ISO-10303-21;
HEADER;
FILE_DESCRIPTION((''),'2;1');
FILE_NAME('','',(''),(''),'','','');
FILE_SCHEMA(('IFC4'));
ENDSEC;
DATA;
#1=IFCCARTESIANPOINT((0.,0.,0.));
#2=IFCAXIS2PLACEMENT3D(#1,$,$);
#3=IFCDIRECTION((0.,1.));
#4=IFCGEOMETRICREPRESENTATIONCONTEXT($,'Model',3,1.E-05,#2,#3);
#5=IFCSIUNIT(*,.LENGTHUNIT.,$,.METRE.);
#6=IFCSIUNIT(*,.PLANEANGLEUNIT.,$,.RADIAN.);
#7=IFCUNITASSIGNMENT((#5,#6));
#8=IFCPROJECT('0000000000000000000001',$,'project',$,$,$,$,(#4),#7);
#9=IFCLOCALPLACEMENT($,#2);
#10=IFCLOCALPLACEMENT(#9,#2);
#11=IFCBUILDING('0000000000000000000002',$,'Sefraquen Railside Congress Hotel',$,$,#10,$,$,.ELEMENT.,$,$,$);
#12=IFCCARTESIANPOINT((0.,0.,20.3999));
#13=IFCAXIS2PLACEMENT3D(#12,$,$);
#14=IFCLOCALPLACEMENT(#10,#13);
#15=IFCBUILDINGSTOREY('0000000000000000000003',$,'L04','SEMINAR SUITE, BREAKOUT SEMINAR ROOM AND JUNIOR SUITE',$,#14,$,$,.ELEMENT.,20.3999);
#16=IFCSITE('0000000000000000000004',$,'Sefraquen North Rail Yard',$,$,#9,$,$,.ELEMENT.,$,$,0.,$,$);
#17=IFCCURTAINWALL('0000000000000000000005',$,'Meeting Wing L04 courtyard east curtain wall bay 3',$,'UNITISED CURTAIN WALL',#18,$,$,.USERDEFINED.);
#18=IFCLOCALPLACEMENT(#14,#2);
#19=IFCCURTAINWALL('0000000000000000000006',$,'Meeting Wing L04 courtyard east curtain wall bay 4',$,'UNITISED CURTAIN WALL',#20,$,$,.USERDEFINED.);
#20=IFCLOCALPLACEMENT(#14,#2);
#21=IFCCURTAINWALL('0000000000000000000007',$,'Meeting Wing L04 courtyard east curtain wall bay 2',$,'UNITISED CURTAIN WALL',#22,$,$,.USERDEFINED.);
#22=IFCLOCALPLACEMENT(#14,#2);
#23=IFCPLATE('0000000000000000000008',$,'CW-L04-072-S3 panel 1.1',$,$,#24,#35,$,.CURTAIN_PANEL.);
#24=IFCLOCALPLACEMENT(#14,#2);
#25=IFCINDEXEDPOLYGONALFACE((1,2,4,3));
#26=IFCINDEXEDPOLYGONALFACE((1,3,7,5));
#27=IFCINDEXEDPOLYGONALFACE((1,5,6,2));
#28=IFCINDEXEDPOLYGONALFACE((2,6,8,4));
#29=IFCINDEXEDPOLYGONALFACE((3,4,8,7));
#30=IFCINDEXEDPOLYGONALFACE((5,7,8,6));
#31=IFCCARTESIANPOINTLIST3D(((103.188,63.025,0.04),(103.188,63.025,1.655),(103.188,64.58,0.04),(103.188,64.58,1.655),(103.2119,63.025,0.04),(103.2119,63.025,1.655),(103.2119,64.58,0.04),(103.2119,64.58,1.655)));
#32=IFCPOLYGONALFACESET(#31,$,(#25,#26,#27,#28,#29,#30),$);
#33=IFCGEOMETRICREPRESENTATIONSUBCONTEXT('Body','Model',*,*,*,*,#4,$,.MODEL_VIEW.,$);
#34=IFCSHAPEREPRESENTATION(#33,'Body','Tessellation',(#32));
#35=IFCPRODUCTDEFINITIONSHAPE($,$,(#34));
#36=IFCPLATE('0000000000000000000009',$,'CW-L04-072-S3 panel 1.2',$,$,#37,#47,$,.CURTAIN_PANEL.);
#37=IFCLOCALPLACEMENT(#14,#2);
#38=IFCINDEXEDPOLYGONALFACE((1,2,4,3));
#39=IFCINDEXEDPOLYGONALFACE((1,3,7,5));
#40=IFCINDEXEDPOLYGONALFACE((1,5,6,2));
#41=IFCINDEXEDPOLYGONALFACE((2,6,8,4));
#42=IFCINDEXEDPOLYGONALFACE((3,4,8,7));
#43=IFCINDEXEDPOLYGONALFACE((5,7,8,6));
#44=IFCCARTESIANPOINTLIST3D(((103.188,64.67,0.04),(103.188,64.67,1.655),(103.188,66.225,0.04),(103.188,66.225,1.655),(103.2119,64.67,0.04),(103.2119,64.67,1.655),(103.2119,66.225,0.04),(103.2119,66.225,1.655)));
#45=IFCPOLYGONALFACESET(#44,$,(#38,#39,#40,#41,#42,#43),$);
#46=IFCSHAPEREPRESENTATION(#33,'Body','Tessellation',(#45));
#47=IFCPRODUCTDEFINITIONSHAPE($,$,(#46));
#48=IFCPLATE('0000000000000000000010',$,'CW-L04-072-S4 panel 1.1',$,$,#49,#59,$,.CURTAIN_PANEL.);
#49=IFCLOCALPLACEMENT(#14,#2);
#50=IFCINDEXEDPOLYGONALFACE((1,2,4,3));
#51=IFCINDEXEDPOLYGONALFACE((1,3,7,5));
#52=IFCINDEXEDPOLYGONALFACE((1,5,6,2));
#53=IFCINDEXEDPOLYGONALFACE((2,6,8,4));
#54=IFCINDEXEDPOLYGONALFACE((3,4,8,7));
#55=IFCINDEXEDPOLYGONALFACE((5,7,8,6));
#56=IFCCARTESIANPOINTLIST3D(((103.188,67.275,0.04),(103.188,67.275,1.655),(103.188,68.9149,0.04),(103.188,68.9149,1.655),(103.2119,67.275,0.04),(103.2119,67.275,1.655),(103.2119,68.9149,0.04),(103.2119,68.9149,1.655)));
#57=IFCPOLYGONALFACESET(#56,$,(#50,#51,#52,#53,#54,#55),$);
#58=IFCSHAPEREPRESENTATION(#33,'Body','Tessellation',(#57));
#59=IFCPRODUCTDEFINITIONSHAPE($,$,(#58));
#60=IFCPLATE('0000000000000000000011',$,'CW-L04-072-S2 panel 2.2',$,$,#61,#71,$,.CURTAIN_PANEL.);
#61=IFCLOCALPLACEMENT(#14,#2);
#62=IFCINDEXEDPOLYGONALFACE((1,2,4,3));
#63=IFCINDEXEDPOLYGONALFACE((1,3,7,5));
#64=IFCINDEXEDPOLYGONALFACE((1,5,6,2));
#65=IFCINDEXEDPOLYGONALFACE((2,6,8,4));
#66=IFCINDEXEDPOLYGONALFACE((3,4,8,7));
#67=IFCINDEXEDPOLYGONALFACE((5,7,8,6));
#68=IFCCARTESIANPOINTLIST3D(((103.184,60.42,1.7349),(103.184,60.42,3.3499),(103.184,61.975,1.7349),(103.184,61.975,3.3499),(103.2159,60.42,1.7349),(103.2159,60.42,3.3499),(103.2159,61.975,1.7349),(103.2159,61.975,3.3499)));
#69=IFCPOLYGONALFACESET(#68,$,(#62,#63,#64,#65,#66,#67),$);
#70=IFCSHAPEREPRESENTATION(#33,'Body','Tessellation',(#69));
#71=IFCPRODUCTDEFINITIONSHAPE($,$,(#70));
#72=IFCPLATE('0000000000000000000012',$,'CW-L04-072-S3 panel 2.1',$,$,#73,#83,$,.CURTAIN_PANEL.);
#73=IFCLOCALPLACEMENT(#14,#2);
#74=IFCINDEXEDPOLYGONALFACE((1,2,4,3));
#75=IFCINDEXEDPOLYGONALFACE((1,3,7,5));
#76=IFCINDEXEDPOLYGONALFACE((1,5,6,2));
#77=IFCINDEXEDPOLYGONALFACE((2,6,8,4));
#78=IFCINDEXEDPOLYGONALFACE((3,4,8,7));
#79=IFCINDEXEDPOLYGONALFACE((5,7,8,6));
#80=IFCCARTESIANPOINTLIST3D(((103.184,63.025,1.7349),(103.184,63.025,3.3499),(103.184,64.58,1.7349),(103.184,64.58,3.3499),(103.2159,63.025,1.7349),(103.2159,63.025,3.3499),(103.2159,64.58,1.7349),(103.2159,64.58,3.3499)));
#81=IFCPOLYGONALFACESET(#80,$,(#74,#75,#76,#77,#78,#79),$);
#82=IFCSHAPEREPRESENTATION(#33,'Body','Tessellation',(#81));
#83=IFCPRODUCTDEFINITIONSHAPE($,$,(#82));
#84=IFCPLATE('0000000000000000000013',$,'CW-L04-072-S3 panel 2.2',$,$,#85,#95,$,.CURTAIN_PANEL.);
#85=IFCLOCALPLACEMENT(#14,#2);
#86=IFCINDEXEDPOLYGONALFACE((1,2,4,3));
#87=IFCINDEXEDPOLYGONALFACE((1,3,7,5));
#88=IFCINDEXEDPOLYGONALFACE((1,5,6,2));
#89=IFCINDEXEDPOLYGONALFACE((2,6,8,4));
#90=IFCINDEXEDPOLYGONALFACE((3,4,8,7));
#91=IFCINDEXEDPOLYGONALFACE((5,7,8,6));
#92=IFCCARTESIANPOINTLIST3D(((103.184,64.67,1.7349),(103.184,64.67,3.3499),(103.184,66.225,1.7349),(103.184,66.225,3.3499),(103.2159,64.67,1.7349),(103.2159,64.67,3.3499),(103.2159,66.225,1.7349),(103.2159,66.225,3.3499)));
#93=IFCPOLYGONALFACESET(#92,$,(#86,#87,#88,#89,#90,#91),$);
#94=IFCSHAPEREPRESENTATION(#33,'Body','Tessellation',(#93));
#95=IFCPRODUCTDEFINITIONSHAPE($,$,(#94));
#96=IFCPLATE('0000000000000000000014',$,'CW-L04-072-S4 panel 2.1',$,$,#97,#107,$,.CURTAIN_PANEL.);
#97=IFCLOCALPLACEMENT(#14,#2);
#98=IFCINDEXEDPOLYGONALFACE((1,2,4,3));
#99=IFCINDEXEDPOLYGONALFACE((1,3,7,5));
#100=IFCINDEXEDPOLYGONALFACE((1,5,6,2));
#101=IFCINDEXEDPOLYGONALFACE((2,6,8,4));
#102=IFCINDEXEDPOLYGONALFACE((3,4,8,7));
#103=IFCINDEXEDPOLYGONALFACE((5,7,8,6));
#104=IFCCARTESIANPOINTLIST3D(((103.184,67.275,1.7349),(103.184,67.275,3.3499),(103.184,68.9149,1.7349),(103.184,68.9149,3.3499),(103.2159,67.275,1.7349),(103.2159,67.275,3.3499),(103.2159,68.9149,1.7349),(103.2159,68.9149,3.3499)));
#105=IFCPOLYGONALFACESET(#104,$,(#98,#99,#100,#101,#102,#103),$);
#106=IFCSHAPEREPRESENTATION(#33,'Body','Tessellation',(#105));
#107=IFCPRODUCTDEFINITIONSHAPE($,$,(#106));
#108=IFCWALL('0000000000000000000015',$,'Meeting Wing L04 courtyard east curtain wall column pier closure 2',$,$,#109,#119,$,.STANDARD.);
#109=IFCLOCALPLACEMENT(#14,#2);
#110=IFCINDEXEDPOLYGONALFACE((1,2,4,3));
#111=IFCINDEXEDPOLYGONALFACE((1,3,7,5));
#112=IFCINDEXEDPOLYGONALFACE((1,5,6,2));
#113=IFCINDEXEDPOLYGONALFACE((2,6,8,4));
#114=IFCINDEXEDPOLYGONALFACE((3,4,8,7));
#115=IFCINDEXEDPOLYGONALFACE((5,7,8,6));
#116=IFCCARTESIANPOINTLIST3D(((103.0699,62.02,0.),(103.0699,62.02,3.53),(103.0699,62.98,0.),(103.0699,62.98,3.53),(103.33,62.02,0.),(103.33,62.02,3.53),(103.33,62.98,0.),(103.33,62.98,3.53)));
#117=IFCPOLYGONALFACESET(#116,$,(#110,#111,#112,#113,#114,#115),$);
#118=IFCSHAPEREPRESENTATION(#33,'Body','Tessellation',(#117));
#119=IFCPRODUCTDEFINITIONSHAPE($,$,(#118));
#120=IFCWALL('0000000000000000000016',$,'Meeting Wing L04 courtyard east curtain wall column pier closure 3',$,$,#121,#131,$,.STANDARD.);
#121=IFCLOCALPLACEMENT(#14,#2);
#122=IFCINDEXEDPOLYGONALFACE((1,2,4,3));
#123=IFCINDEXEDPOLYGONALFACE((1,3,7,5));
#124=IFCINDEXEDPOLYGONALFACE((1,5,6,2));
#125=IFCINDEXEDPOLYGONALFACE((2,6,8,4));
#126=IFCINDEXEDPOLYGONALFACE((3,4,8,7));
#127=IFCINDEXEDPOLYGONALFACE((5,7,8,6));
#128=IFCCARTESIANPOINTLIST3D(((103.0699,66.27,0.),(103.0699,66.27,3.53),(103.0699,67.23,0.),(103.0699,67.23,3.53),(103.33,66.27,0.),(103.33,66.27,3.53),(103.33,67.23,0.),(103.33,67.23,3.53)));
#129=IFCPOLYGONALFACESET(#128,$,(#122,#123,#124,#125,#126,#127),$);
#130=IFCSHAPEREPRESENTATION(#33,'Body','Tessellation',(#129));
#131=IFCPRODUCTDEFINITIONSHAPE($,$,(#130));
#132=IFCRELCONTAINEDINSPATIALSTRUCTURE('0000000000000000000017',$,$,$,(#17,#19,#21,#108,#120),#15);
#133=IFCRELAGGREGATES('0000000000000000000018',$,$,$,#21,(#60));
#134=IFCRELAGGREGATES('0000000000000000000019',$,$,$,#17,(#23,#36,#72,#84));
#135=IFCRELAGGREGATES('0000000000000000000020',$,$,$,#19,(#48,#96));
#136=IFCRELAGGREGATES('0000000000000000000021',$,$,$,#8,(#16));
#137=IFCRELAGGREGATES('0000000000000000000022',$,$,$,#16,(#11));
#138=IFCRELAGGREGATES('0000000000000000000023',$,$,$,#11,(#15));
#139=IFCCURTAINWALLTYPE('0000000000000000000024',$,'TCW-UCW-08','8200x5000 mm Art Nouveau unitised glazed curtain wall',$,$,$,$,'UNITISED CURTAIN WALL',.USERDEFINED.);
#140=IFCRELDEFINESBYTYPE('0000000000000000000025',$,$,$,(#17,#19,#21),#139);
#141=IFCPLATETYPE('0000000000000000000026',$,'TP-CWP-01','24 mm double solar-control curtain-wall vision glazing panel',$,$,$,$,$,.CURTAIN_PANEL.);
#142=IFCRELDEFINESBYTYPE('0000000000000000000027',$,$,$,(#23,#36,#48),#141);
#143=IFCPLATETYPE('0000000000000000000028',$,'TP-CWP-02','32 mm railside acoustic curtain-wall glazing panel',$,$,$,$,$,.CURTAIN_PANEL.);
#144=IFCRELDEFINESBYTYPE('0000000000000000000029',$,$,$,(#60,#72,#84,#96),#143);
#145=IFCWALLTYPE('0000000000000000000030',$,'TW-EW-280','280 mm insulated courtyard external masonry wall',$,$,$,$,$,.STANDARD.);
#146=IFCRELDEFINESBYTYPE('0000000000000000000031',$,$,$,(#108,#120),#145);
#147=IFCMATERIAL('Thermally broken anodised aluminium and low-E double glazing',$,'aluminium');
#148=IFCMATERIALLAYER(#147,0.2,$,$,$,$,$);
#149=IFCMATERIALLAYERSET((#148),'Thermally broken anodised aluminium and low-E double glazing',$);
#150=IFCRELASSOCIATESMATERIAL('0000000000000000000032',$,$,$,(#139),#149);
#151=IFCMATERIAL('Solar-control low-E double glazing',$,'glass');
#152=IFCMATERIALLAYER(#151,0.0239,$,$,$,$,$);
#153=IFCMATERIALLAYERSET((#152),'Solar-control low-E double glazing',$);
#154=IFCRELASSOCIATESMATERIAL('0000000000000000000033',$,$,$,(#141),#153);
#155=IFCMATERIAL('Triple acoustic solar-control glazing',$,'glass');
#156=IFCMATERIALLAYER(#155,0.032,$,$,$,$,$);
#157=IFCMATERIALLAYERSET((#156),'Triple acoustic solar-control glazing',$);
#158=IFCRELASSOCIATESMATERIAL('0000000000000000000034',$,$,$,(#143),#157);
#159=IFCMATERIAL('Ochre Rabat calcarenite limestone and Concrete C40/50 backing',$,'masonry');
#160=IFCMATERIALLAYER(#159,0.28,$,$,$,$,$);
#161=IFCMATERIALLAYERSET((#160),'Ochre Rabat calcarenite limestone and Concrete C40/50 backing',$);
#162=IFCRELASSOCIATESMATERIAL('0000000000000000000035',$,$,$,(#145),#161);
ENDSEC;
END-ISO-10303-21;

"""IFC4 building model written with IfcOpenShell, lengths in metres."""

from ifc_helpers import new_model, si_unit, direction, frame, frame_2d, origin, origin_2d, place, context, subcontext, project, spatial, rectangle, extrude, material, layer, layer_set, type_object, element, aggregate, save


model = new_model("IFC4")

# Units and contexts
model_context = context("Model", 3, precision=1e-05, world=origin(), true_north=direction((0.0, 1.0)))
body_context = subcontext(model_context, "Body", "Model", "MODEL_VIEW")
ifc_project = project(units=[si_unit("LENGTHUNIT", "METRE"), si_unit("PLANEANGLEUNIT", "RADIAN")], contexts=[model_context])

# Site, building, storey
site_placement = place(None, origin())
site = spatial("IfcSite", under=ifc_project, at=site_placement, Name="Sefraquen North Rail Yard", CompositionType="ELEMENT", RefElevation=0.0)
building_placement = place(site_placement, origin())
building = spatial("IfcBuilding", under=site, at=building_placement, Name="Sefraquen Railside Congress Hotel", CompositionType="ELEMENT")
storey_placement = place(building_placement, frame((0.0, 0.0, 20.3999)))
storey = spatial("IfcBuildingStorey", under=building, at=storey_placement, Name="L04", Description="SEMINAR SUITE, BREAKOUT SEMINAR ROOM AND JUNIOR SUITE", CompositionType="ELEMENT", Elevation=20.3999)

# Curtain walls
ifc_material_1 = material(Name="Thermally broken anodised aluminium and low-E double glazing", Category="aluminium")
ifc_layer_1 = layer(ifc_material_1, 0.2)
ifc_layer_set_1 = layer_set([ifc_layer_1], Name="Thermally broken anodised aluminium and low-E double glazing")
curtain_wall_type = type_object("IfcCurtainWallType", Name="TCW-UCW-08", Description="8200x5000 mm Art Nouveau unitised glazed curtain wall", ElementType="UNITISED CURTAIN WALL", PredefinedType="USERDEFINED", material=ifc_layer_set_1)
curtain_wall_1_placement = place(storey_placement, origin())
curtain_wall_1 = element("IfcCurtainWall", 1, at=curtain_wall_1_placement, inside=storey, type_object=curtain_wall_type, Name="Meeting Wing L04 courtyard east curtain wall bay 3", ObjectType="UNITISED CURTAIN WALL", PredefinedType="USERDEFINED")
curtain_wall_2_placement = place(storey_placement, origin())
curtain_wall_2 = element("IfcCurtainWall", 2, at=curtain_wall_2_placement, inside=storey, type_object=curtain_wall_type, Name="Meeting Wing L04 courtyard east curtain wall bay 4", ObjectType="UNITISED CURTAIN WALL", PredefinedType="USERDEFINED")
curtain_wall_3_placement = place(storey_placement, origin())
curtain_wall_3 = element("IfcCurtainWall", 3, at=curtain_wall_3_placement, inside=storey, type_object=curtain_wall_type, Name="Meeting Wing L04 courtyard east curtain wall bay 2", ObjectType="UNITISED CURTAIN WALL", PredefinedType="USERDEFINED")

# Plates
ifc_material_2 = material(Name="Solar-control low-E double glazing", Category="glass")
ifc_layer_2 = layer(ifc_material_2, 0.0239)
ifc_layer_set_2 = layer_set([ifc_layer_2], Name="Solar-control low-E double glazing")
plate_type_1 = type_object("IfcPlateType", Name="TP-CWP-01", Description="24 mm double solar-control curtain-wall vision glazing panel", PredefinedType="CURTAIN_PANEL", material=ifc_layer_set_2)
plate_1_placement = place(storey_placement, frame((103.2, 63.8025, 0.04), z_axis=(0.0, 0.0, 1.0), x_axis=(0.0, 1.0, 0.0)))
plate_1 = element("IfcPlate", 4, at=plate_1_placement, type_object=plate_type_1, Name="CW-L04-072-S3 panel 1.1", PredefinedType="CURTAIN_PANEL", context=body_context, shape_type="SweptSolid", body=[
    extrude(rectangle(XDim=1.5549, YDim=0.0239, at=origin_2d()), origin(), (0.0, 0.0, 1.0), 1.615),
])
plate_2_placement = place(storey_placement, frame((103.2, 65.4475, 0.04), z_axis=(0.0, 0.0, 1.0), x_axis=(0.0, 1.0, 0.0)))
plate_2 = element("IfcPlate", 5, at=plate_2_placement, type_object=plate_type_1, Name="CW-L04-072-S3 panel 1.2", PredefinedType="CURTAIN_PANEL", context=body_context, shape_type="SweptSolid", body=[
    extrude(rectangle(XDim=1.5549, YDim=0.0239, at=origin_2d()), origin(), (0.0, 0.0, 1.0), 1.615),
])
plate_3_placement = place(storey_placement, frame((103.2, 68.095, 0.04), z_axis=(0.0, 0.0, 1.0), x_axis=(0.0, 1.0, 0.0)))
plate_3 = element("IfcPlate", 6, at=plate_3_placement, type_object=plate_type_1, Name="CW-L04-072-S4 panel 1.1", PredefinedType="CURTAIN_PANEL", context=body_context, shape_type="SweptSolid", body=[
    extrude(rectangle(XDim=1.6399, YDim=0.0239, at=origin_2d()), origin(), (0.0, 0.0, 1.0), 1.615),
])
ifc_material_3 = material(Name="Triple acoustic solar-control glazing", Category="glass")
ifc_layer_3 = layer(ifc_material_3, 0.032)
ifc_layer_set_3 = layer_set([ifc_layer_3], Name="Triple acoustic solar-control glazing")
plate_type_2 = type_object("IfcPlateType", Name="TP-CWP-02", Description="32 mm railside acoustic curtain-wall glazing panel", PredefinedType="CURTAIN_PANEL", material=ifc_layer_set_3)
plate_4_placement = place(storey_placement, frame((103.2, 61.1975, 1.7349), z_axis=(0.0, 0.0, 1.0), x_axis=(0.0, 1.0, 0.0)))
plate_4 = element("IfcPlate", 7, at=plate_4_placement, type_object=plate_type_2, Name="CW-L04-072-S2 panel 2.2", PredefinedType="CURTAIN_PANEL", context=body_context, shape_type="SweptSolid", body=[
    extrude(rectangle(XDim=1.5549, YDim=0.032, at=origin_2d()), origin(), (0.0, 0.0, 1.0), 1.615),
])
aggregate(curtain_wall_3, [plate_4])
plate_5_placement = place(storey_placement, frame((103.2, 63.8025, 1.7349), z_axis=(0.0, 0.0, 1.0), x_axis=(0.0, 1.0, 0.0)))
plate_5 = element("IfcPlate", 8, at=plate_5_placement, type_object=plate_type_2, Name="CW-L04-072-S3 panel 2.1", PredefinedType="CURTAIN_PANEL", context=body_context, shape_type="SweptSolid", body=[
    extrude(rectangle(XDim=1.5549, YDim=0.032, at=origin_2d()), origin(), (0.0, 0.0, 1.0), 1.615),
])
plate_6_placement = place(storey_placement, frame((103.2, 65.4475, 1.7349), z_axis=(0.0, 0.0, 1.0), x_axis=(0.0, 1.0, 0.0)))
plate_6 = element("IfcPlate", 9, at=plate_6_placement, type_object=plate_type_2, Name="CW-L04-072-S3 panel 2.2", PredefinedType="CURTAIN_PANEL", context=body_context, shape_type="SweptSolid", body=[
    extrude(rectangle(XDim=1.5549, YDim=0.032, at=origin_2d()), origin(), (0.0, 0.0, 1.0), 1.615),
])
aggregate(curtain_wall_1, [plate_1, plate_2, plate_5, plate_6])
plate_7_placement = place(storey_placement, frame((103.2, 68.095, 1.7349), z_axis=(0.0, 0.0, 1.0), x_axis=(0.0, 1.0, 0.0)))
plate_7 = element("IfcPlate", 10, at=plate_7_placement, type_object=plate_type_2, Name="CW-L04-072-S4 panel 2.1", PredefinedType="CURTAIN_PANEL", context=body_context, shape_type="SweptSolid", body=[
    extrude(rectangle(XDim=1.6399, YDim=0.032, at=origin_2d()), origin(), (0.0, 0.0, 1.0), 1.615),
])
aggregate(curtain_wall_2, [plate_3, plate_7])

# Walls
ifc_material_4 = material(Name="Ochre Rabat calcarenite limestone and Concrete C40/50 backing", Category="masonry")
ifc_layer_4 = layer(ifc_material_4, 0.28)
ifc_layer_set_4 = layer_set([ifc_layer_4], Name="Ochre Rabat calcarenite limestone and Concrete C40/50 backing")
wall_type = type_object("IfcWallType", Name="TW-EW-280", Description="280 mm insulated courtyard external masonry wall", PredefinedType="STANDARD", material=ifc_layer_set_4)
for number, where, z_axis, x_axis, name in (
    (11, (103.2, 62.02, 0.0), (0.0, 0.0, 1.0), (0.0, 1.0, 0.0), "Meeting Wing L04 courtyard east curtain wall column pier closure 2"),
    (12, (103.2, 66.27, 0.0), (0.0, 0.0, 1.0), (0.0, 1.0, 0.0), "Meeting Wing L04 courtyard east curtain wall column pier closure 3"),
):
    element("IfcWall", number, at=place(storey_placement, frame(where, z_axis=z_axis, x_axis=x_axis)), inside=storey, type_object=wall_type, Name=name, PredefinedType="STANDARD", context=body_context, shape_type="SweptSolid", body=[
        extrude(rectangle(XDim=0.96, YDim=0.26, at=frame_2d((0.48, 0.0))), origin(), (0.0, 0.0, 1.0), 3.53),
    ])

save(model, "model.ifc")
